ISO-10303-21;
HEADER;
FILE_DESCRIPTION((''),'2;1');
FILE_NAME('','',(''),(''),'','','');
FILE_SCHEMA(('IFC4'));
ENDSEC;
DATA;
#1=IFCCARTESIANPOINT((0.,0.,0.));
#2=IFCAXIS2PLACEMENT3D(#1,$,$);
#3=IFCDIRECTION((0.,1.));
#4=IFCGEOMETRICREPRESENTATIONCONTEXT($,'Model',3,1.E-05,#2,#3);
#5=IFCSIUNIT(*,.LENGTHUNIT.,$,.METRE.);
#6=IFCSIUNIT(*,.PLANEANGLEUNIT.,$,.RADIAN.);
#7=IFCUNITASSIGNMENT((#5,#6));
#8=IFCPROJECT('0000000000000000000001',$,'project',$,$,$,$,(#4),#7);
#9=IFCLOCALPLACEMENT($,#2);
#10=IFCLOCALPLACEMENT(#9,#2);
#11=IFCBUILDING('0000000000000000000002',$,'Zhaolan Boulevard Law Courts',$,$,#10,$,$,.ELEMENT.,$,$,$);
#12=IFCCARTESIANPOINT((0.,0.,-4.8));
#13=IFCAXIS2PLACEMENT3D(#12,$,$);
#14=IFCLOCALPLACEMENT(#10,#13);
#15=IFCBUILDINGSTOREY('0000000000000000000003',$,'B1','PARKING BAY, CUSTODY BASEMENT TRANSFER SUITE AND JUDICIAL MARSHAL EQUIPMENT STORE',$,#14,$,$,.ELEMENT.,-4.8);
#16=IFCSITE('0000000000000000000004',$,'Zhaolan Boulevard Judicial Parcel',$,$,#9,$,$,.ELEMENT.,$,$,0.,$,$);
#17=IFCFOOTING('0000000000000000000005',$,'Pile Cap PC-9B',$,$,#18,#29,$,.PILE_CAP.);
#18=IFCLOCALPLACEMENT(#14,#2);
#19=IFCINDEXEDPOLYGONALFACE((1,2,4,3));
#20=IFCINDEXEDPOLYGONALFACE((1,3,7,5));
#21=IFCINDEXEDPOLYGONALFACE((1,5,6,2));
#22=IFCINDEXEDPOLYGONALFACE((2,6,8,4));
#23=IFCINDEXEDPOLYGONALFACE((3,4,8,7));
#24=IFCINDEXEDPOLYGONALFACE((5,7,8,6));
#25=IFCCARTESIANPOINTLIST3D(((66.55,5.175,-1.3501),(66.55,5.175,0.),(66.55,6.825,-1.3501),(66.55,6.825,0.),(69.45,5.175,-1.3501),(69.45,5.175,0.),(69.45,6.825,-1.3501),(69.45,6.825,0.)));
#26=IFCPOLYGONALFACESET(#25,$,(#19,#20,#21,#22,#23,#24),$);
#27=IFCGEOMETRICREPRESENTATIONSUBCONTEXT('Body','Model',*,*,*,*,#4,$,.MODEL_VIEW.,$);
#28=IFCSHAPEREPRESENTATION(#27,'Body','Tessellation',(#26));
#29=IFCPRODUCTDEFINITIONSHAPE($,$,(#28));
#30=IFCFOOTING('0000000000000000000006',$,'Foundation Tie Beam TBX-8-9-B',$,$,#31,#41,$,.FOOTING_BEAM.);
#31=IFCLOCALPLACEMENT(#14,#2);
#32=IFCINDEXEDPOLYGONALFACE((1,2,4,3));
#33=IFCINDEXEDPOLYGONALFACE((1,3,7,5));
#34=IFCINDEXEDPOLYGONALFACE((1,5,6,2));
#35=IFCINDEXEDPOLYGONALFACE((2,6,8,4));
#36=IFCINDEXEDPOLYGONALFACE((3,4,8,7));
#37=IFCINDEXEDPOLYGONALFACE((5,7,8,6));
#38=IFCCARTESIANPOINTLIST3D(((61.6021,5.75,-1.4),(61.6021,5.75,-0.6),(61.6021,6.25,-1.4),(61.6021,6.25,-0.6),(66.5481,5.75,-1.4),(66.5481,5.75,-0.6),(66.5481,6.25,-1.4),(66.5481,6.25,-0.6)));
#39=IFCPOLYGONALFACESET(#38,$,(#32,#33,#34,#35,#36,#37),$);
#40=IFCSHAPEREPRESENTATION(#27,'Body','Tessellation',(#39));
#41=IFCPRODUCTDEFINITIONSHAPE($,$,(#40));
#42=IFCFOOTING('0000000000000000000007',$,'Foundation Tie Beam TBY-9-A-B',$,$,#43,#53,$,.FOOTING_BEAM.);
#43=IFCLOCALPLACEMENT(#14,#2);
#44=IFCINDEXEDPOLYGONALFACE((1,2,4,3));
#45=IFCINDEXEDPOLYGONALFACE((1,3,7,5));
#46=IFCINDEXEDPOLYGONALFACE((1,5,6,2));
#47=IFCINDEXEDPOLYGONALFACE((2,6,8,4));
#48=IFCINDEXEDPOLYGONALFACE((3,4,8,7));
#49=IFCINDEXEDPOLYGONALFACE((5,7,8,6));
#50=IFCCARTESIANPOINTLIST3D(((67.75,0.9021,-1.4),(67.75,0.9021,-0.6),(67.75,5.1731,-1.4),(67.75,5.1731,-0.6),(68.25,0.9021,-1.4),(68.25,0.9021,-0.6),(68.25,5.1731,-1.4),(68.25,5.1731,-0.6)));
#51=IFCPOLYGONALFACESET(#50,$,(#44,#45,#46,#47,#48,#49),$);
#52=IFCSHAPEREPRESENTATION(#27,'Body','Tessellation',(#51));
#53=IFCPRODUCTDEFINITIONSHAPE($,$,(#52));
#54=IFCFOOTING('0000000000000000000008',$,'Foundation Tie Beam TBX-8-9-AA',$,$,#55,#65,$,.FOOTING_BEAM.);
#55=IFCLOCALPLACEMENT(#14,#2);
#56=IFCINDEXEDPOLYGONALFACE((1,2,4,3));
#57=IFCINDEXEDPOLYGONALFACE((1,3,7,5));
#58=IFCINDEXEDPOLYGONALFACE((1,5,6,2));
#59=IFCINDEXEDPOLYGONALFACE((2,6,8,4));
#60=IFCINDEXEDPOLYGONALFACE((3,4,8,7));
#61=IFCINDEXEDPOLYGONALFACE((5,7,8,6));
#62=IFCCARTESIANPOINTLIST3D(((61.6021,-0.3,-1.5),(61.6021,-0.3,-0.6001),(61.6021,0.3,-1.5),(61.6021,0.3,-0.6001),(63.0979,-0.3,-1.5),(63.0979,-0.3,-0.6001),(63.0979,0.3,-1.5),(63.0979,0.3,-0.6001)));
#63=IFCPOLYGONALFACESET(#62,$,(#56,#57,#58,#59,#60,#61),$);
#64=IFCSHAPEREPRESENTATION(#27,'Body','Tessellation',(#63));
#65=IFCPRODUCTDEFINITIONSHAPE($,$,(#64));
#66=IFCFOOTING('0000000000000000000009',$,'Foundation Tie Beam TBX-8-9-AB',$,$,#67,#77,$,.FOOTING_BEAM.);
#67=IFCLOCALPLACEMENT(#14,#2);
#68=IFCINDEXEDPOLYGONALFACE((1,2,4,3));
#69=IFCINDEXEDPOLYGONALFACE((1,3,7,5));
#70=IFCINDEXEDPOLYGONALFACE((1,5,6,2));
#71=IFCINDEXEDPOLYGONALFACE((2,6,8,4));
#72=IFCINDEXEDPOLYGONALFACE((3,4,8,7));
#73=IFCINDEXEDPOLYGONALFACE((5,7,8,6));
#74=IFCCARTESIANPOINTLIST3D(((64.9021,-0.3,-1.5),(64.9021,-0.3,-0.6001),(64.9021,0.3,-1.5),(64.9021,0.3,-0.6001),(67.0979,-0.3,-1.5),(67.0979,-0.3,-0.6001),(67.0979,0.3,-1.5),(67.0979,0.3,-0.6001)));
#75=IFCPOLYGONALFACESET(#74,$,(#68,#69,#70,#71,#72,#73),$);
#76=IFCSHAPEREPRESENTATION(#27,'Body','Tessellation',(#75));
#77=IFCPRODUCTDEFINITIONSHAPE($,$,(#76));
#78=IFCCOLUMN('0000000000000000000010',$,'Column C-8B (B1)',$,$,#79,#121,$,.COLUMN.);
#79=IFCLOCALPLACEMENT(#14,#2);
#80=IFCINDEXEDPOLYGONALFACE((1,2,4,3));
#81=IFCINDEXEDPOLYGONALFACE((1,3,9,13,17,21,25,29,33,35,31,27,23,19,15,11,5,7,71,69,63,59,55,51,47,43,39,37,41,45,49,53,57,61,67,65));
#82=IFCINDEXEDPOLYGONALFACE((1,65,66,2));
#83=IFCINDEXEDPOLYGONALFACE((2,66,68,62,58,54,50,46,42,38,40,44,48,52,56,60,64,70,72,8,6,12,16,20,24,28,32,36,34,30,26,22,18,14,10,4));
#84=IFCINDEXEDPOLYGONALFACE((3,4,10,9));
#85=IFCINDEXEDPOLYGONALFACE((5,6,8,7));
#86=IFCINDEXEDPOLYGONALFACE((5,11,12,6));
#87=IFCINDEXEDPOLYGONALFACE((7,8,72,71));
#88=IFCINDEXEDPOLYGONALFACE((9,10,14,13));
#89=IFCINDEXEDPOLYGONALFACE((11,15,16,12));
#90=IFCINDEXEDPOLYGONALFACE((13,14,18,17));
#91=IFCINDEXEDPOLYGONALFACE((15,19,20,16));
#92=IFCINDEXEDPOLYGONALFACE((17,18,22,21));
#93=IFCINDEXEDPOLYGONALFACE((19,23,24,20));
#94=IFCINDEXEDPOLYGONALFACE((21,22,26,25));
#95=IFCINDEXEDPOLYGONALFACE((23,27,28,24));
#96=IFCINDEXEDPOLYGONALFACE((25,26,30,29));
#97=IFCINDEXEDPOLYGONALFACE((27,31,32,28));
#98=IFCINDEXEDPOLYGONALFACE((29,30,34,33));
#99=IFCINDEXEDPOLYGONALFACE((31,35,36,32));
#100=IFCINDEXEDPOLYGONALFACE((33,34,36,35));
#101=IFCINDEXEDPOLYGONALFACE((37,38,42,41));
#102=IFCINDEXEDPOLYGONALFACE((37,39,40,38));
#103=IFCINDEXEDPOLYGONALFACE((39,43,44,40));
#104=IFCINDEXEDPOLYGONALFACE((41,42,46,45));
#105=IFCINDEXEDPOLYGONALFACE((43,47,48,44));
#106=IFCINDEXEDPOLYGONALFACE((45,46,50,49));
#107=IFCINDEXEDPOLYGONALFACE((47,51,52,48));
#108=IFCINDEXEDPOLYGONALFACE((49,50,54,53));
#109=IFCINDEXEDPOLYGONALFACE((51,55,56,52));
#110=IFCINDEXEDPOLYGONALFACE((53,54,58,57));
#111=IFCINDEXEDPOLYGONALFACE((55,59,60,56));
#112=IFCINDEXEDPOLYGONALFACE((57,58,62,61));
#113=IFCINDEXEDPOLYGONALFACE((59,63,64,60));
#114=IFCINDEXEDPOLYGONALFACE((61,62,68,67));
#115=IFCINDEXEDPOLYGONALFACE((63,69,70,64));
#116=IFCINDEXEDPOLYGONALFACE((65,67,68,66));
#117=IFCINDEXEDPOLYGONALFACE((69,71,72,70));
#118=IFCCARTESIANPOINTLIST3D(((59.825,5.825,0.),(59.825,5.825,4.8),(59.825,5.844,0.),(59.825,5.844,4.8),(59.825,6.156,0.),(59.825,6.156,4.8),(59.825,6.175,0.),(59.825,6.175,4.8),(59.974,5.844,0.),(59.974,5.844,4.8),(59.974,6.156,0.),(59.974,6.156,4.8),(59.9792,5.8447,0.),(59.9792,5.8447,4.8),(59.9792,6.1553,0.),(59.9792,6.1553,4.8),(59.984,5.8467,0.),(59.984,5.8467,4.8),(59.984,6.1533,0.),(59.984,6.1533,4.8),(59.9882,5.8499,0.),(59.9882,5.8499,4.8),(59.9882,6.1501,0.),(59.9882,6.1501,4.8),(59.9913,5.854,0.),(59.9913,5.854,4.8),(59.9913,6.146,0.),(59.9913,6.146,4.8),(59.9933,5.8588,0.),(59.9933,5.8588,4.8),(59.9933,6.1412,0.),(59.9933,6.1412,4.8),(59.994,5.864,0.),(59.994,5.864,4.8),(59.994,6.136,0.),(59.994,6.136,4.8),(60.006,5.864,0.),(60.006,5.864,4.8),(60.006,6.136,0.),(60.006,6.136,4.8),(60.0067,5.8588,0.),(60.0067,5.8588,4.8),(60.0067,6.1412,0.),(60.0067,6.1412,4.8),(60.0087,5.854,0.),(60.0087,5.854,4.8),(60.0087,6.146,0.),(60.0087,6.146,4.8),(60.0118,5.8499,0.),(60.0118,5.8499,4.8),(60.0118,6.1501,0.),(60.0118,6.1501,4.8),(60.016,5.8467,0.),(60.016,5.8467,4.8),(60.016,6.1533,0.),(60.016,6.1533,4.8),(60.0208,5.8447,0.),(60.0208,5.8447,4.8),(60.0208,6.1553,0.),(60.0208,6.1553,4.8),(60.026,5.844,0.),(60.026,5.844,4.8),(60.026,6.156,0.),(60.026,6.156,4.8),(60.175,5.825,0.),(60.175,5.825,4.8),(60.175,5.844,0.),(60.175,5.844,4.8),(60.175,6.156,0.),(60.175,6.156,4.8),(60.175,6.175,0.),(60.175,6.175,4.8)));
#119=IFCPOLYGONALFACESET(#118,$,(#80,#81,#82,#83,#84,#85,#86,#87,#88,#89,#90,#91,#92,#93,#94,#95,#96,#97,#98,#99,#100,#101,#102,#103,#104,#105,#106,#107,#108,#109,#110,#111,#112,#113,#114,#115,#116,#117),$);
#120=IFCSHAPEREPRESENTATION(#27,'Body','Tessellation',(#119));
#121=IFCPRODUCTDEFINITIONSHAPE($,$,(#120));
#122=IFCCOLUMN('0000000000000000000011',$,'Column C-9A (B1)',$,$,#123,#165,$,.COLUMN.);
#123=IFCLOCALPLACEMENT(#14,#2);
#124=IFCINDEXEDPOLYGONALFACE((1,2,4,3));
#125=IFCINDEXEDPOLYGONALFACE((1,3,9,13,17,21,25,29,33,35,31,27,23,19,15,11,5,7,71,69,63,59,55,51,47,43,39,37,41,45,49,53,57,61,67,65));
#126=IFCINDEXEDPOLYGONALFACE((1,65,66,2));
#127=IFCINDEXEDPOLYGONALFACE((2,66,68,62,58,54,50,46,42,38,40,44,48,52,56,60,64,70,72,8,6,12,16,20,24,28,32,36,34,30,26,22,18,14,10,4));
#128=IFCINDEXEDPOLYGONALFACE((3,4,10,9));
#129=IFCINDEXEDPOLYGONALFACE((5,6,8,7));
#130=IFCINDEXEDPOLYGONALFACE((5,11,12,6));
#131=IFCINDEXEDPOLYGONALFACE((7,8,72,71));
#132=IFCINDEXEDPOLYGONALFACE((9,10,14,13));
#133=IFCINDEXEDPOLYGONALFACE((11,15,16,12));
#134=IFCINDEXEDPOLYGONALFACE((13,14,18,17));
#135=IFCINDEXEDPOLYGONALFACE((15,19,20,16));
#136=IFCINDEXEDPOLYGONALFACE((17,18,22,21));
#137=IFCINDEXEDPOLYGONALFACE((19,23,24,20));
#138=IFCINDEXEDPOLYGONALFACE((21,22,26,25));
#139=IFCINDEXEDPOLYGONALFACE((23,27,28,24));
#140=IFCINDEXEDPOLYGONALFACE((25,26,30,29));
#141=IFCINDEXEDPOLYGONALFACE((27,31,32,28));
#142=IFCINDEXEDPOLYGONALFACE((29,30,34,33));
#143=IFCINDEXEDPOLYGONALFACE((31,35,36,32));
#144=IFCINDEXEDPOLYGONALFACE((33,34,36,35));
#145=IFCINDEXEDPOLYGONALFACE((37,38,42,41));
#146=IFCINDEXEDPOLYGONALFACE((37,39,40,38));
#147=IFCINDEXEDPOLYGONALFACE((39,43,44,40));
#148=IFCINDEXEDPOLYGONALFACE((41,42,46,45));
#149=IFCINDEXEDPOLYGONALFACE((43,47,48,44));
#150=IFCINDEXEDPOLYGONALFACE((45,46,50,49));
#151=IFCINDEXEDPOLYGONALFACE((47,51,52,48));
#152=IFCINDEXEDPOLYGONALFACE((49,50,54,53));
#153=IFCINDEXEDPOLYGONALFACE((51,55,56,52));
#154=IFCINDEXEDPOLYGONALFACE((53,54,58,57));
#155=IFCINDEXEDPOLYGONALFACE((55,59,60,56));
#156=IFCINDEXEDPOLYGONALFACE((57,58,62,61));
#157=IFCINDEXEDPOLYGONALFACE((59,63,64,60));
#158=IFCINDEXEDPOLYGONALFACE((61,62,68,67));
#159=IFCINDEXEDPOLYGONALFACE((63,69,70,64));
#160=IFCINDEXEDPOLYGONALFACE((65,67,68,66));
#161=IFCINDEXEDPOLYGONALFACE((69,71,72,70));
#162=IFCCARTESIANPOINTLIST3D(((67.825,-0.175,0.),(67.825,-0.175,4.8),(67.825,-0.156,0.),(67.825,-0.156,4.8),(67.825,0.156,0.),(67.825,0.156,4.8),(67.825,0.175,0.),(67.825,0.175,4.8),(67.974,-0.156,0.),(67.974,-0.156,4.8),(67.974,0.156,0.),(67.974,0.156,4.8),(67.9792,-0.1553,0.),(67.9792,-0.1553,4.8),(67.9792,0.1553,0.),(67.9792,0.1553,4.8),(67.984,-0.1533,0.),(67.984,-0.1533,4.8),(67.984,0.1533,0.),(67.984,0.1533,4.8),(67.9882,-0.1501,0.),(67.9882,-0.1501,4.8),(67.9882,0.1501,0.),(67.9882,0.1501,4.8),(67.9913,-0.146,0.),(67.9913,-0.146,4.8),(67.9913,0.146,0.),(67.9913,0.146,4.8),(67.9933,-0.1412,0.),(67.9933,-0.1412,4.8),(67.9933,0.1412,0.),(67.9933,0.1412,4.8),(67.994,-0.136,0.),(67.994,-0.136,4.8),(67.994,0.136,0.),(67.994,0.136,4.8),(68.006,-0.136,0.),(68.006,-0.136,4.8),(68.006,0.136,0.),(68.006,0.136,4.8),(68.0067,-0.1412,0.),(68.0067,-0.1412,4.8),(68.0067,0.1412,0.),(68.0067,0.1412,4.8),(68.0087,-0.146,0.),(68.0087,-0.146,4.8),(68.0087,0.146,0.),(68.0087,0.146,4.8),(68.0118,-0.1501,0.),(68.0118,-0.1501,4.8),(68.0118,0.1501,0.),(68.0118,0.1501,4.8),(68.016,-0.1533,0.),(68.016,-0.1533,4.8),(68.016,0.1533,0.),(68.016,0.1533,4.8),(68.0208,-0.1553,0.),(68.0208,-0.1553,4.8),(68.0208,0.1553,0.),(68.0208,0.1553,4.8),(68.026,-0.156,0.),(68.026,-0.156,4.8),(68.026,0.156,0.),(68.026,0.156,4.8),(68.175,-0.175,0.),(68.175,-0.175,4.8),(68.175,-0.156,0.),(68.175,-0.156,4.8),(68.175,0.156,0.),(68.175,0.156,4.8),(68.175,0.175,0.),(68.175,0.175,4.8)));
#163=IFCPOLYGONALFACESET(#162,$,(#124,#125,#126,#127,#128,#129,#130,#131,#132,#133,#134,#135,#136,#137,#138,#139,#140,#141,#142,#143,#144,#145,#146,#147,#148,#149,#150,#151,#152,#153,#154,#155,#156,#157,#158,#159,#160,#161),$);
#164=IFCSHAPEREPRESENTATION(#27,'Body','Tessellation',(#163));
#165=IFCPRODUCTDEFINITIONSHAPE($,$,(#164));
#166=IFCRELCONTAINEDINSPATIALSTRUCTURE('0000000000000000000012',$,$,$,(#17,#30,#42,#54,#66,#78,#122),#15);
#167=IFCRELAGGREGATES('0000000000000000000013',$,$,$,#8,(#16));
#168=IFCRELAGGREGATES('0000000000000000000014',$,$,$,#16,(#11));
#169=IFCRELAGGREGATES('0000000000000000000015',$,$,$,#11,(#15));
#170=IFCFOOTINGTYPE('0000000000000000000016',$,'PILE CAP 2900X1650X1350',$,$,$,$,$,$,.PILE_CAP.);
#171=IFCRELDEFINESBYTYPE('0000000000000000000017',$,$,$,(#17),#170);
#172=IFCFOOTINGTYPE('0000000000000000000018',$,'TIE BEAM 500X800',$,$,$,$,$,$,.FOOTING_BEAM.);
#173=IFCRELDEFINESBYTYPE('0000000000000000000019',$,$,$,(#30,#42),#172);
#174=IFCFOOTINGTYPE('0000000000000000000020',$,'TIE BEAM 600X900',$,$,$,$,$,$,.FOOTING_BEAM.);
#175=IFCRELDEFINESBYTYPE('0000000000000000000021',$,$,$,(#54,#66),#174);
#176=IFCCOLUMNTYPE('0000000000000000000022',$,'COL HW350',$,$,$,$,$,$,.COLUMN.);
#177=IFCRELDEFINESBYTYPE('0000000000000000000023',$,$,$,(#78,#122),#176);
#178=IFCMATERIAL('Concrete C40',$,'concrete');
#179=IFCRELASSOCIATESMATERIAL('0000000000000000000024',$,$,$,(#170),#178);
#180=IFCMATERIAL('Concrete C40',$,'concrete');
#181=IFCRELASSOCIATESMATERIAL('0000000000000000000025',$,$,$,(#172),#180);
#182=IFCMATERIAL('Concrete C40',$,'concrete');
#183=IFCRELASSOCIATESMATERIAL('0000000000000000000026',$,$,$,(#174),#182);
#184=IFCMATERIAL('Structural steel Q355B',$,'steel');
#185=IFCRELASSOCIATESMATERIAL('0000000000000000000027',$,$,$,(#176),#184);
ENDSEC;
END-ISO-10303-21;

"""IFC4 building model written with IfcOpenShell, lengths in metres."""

from ifc_helpers import new_model, si_unit, direction, frame, origin, origin_2d, place, context, subcontext, project, spatial, rectangle, i_section, extrude, material, material_profile, profile_set, type_object, element, save


model = new_model("IFC4")

# Units and contexts
model_context = context("Model", 3, precision=1e-05, world=origin(), true_north=direction((0.0, 1.0)))
body_context = subcontext(model_context, "Body", "Model", "MODEL_VIEW")
ifc_project = project(units=[si_unit("LENGTHUNIT", "METRE"), si_unit("PLANEANGLEUNIT", "RADIAN")], contexts=[model_context])

# Site, building, storey
site_placement = place(None, origin())
site = spatial("IfcSite", under=ifc_project, at=site_placement, Name="Zhaolan Boulevard Judicial Parcel", CompositionType="ELEMENT", RefElevation=0.0)
building_placement = place(site_placement, origin())
building = spatial("IfcBuilding", under=site, at=building_placement, Name="Zhaolan Boulevard Law Courts", CompositionType="ELEMENT")
storey_placement = place(building_placement, frame((0.0, 0.0, -4.8)))
storey = spatial("IfcBuildingStorey", under=building, at=storey_placement, Name="B1", Description="PARKING BAY, CUSTODY BASEMENT TRANSFER SUITE AND JUDICIAL MARSHAL EQUIPMENT STORE", CompositionType="ELEMENT", Elevation=-4.8)

# Footings
ifc_material_1 = material(Name="Concrete C40", Category="concrete")
footing_type_1 = type_object("IfcFootingType", Name="PILE CAP 2900X1650X1350", PredefinedType="PILE_CAP", material=ifc_material_1)
footing_1_placement = place(storey_placement, frame((68.0, 6.0, -1.3501), z_axis=(0.0, 0.0, 1.0), x_axis=(1.0, 0.0, 0.0)))
element("IfcFooting", 1, at=footing_1_placement, inside=storey, type_object=footing_type_1, Name="Pile Cap PC-9B", PredefinedType="PILE_CAP", context=body_context, shape_type="SweptSolid", body=[
    extrude(rectangle(XDim=2.8999, YDim=1.6499, at=origin_2d()), origin(), (0.0, 0.0, 1.0), 1.3501),
])
ifc_material_2 = material(Name="Concrete C40", Category="concrete")
ifc_material_profile_1 = material_profile(ifc_material_2, rectangle(XDim=0.5, YDim=0.8, at=origin_2d()), Name="RC500x800")
ifc_profile_set_1 = profile_set([ifc_material_profile_1], Name="Concrete C40")
footing_type_2 = type_object("IfcFootingType", Name="TIE BEAM 500X800", PredefinedType="FOOTING_BEAM", material=ifc_profile_set_1)
footing_2_placement = place(storey_placement, frame((61.6021, 6.0, -1.0), z_axis=(1.0, 0.0, 0.0), x_axis=(0.0, 1.0, 0.0)))
element("IfcFooting", 2, at=footing_2_placement, inside=storey, type_object=footing_type_2, Name="Foundation Tie Beam TBX-8-9-B", PredefinedType="FOOTING_BEAM", context=body_context, shape_type="SweptSolid", body=[
    extrude(rectangle(XDim=0.5, YDim=0.8, at=origin_2d()), origin(), (0.0, 0.0, 1.0), 4.946),
])
footing_3_placement = place(storey_placement, frame((68.0, 0.9021, -1.0), z_axis=(0.0, 1.0, 0.0), x_axis=(-1.0, 0.0, 0.0)))
element("IfcFooting", 3, at=footing_3_placement, inside=storey, type_object=footing_type_2, Name="Foundation Tie Beam TBY-9-A-B", PredefinedType="FOOTING_BEAM", context=body_context, shape_type="SweptSolid", body=[
    extrude(rectangle(XDim=0.5, YDim=0.8, at=origin_2d()), origin(), (0.0, 0.0, 1.0), 4.271),
])
ifc_material_3 = material(Name="Concrete C40", Category="concrete")
ifc_material_profile_2 = material_profile(ifc_material_3, rectangle(XDim=0.6001, YDim=0.8999, at=origin_2d()), Name="RC600x900")
ifc_profile_set_2 = profile_set([ifc_material_profile_2], Name="Concrete C40")
footing_type_3 = type_object("IfcFootingType", Name="TIE BEAM 600X900", PredefinedType="FOOTING_BEAM", material=ifc_profile_set_2)
footing_4_placement = place(storey_placement, frame((61.6021, 0.0, -1.05), z_axis=(1.0, 0.0, 0.0), x_axis=(0.0, 1.0, 0.0)))
element("IfcFooting", 4, at=footing_4_placement, inside=storey, type_object=footing_type_3, Name="Foundation Tie Beam TBX-8-9-AA", PredefinedType="FOOTING_BEAM", context=body_context, shape_type="SweptSolid", body=[
    extrude(rectangle(XDim=0.6001, YDim=0.8999, at=origin_2d()), origin(), (0.0, 0.0, 1.0), 1.4958),
])
footing_5_placement = place(storey_placement, frame((64.9021, 0.0, -1.05), z_axis=(1.0, 0.0, 0.0), x_axis=(0.0, 1.0, 0.0)))
element("IfcFooting", 5, at=footing_5_placement, inside=storey, type_object=footing_type_3, Name="Foundation Tie Beam TBX-8-9-AB", PredefinedType="FOOTING_BEAM", context=body_context, shape_type="SweptSolid", body=[
    extrude(rectangle(XDim=0.6001, YDim=0.8999, at=origin_2d()), origin(), (0.0, 0.0, 1.0), 2.1958),
])

# Columns
ifc_material_4 = material(Name="Structural steel Q355B", Category="steel")
ifc_material_profile_3 = material_profile(ifc_material_4, i_section(OverallWidth=0.3501, OverallDepth=0.3501, WebThickness=0.012, FlangeThickness=0.019, FilletRadius=0.02, at=origin_2d()), Name="HW350x350")
ifc_profile_set_3 = profile_set([ifc_material_profile_3], Name="Structural steel Q355B")
column_type_1 = type_object("IfcColumnType", Name="COL HW350", PredefinedType="COLUMN", material=ifc_profile_set_3)
for number, where, z_axis, x_axis, name in (
    (6, (60.0, 6.0, 0.0), (0.0, 0.0, 1.0), (1.0, 0.0, 0.0), "Column C-8B (B1)"),
    (7, (68.0, 0.0, 0.0), (0.0, 0.0, 1.0), (1.0, 0.0, 0.0), "Column C-9A (B1)"),
):
    element("IfcColumn", number, at=place(storey_placement, frame(where, z_axis=z_axis, x_axis=x_axis)), inside=storey, type_object=column_type_1, Name=name, PredefinedType="COLUMN", context=body_context, shape_type="SweptSolid", body=[
        extrude(i_section(OverallWidth=0.3501, OverallDepth=0.3501, WebThickness=0.012, FlangeThickness=0.019, FilletRadius=0.02, at=origin_2d()), origin(), (0.0, 0.0, 1.0), 4.8),
    ])

save(model, "model.ifc")
